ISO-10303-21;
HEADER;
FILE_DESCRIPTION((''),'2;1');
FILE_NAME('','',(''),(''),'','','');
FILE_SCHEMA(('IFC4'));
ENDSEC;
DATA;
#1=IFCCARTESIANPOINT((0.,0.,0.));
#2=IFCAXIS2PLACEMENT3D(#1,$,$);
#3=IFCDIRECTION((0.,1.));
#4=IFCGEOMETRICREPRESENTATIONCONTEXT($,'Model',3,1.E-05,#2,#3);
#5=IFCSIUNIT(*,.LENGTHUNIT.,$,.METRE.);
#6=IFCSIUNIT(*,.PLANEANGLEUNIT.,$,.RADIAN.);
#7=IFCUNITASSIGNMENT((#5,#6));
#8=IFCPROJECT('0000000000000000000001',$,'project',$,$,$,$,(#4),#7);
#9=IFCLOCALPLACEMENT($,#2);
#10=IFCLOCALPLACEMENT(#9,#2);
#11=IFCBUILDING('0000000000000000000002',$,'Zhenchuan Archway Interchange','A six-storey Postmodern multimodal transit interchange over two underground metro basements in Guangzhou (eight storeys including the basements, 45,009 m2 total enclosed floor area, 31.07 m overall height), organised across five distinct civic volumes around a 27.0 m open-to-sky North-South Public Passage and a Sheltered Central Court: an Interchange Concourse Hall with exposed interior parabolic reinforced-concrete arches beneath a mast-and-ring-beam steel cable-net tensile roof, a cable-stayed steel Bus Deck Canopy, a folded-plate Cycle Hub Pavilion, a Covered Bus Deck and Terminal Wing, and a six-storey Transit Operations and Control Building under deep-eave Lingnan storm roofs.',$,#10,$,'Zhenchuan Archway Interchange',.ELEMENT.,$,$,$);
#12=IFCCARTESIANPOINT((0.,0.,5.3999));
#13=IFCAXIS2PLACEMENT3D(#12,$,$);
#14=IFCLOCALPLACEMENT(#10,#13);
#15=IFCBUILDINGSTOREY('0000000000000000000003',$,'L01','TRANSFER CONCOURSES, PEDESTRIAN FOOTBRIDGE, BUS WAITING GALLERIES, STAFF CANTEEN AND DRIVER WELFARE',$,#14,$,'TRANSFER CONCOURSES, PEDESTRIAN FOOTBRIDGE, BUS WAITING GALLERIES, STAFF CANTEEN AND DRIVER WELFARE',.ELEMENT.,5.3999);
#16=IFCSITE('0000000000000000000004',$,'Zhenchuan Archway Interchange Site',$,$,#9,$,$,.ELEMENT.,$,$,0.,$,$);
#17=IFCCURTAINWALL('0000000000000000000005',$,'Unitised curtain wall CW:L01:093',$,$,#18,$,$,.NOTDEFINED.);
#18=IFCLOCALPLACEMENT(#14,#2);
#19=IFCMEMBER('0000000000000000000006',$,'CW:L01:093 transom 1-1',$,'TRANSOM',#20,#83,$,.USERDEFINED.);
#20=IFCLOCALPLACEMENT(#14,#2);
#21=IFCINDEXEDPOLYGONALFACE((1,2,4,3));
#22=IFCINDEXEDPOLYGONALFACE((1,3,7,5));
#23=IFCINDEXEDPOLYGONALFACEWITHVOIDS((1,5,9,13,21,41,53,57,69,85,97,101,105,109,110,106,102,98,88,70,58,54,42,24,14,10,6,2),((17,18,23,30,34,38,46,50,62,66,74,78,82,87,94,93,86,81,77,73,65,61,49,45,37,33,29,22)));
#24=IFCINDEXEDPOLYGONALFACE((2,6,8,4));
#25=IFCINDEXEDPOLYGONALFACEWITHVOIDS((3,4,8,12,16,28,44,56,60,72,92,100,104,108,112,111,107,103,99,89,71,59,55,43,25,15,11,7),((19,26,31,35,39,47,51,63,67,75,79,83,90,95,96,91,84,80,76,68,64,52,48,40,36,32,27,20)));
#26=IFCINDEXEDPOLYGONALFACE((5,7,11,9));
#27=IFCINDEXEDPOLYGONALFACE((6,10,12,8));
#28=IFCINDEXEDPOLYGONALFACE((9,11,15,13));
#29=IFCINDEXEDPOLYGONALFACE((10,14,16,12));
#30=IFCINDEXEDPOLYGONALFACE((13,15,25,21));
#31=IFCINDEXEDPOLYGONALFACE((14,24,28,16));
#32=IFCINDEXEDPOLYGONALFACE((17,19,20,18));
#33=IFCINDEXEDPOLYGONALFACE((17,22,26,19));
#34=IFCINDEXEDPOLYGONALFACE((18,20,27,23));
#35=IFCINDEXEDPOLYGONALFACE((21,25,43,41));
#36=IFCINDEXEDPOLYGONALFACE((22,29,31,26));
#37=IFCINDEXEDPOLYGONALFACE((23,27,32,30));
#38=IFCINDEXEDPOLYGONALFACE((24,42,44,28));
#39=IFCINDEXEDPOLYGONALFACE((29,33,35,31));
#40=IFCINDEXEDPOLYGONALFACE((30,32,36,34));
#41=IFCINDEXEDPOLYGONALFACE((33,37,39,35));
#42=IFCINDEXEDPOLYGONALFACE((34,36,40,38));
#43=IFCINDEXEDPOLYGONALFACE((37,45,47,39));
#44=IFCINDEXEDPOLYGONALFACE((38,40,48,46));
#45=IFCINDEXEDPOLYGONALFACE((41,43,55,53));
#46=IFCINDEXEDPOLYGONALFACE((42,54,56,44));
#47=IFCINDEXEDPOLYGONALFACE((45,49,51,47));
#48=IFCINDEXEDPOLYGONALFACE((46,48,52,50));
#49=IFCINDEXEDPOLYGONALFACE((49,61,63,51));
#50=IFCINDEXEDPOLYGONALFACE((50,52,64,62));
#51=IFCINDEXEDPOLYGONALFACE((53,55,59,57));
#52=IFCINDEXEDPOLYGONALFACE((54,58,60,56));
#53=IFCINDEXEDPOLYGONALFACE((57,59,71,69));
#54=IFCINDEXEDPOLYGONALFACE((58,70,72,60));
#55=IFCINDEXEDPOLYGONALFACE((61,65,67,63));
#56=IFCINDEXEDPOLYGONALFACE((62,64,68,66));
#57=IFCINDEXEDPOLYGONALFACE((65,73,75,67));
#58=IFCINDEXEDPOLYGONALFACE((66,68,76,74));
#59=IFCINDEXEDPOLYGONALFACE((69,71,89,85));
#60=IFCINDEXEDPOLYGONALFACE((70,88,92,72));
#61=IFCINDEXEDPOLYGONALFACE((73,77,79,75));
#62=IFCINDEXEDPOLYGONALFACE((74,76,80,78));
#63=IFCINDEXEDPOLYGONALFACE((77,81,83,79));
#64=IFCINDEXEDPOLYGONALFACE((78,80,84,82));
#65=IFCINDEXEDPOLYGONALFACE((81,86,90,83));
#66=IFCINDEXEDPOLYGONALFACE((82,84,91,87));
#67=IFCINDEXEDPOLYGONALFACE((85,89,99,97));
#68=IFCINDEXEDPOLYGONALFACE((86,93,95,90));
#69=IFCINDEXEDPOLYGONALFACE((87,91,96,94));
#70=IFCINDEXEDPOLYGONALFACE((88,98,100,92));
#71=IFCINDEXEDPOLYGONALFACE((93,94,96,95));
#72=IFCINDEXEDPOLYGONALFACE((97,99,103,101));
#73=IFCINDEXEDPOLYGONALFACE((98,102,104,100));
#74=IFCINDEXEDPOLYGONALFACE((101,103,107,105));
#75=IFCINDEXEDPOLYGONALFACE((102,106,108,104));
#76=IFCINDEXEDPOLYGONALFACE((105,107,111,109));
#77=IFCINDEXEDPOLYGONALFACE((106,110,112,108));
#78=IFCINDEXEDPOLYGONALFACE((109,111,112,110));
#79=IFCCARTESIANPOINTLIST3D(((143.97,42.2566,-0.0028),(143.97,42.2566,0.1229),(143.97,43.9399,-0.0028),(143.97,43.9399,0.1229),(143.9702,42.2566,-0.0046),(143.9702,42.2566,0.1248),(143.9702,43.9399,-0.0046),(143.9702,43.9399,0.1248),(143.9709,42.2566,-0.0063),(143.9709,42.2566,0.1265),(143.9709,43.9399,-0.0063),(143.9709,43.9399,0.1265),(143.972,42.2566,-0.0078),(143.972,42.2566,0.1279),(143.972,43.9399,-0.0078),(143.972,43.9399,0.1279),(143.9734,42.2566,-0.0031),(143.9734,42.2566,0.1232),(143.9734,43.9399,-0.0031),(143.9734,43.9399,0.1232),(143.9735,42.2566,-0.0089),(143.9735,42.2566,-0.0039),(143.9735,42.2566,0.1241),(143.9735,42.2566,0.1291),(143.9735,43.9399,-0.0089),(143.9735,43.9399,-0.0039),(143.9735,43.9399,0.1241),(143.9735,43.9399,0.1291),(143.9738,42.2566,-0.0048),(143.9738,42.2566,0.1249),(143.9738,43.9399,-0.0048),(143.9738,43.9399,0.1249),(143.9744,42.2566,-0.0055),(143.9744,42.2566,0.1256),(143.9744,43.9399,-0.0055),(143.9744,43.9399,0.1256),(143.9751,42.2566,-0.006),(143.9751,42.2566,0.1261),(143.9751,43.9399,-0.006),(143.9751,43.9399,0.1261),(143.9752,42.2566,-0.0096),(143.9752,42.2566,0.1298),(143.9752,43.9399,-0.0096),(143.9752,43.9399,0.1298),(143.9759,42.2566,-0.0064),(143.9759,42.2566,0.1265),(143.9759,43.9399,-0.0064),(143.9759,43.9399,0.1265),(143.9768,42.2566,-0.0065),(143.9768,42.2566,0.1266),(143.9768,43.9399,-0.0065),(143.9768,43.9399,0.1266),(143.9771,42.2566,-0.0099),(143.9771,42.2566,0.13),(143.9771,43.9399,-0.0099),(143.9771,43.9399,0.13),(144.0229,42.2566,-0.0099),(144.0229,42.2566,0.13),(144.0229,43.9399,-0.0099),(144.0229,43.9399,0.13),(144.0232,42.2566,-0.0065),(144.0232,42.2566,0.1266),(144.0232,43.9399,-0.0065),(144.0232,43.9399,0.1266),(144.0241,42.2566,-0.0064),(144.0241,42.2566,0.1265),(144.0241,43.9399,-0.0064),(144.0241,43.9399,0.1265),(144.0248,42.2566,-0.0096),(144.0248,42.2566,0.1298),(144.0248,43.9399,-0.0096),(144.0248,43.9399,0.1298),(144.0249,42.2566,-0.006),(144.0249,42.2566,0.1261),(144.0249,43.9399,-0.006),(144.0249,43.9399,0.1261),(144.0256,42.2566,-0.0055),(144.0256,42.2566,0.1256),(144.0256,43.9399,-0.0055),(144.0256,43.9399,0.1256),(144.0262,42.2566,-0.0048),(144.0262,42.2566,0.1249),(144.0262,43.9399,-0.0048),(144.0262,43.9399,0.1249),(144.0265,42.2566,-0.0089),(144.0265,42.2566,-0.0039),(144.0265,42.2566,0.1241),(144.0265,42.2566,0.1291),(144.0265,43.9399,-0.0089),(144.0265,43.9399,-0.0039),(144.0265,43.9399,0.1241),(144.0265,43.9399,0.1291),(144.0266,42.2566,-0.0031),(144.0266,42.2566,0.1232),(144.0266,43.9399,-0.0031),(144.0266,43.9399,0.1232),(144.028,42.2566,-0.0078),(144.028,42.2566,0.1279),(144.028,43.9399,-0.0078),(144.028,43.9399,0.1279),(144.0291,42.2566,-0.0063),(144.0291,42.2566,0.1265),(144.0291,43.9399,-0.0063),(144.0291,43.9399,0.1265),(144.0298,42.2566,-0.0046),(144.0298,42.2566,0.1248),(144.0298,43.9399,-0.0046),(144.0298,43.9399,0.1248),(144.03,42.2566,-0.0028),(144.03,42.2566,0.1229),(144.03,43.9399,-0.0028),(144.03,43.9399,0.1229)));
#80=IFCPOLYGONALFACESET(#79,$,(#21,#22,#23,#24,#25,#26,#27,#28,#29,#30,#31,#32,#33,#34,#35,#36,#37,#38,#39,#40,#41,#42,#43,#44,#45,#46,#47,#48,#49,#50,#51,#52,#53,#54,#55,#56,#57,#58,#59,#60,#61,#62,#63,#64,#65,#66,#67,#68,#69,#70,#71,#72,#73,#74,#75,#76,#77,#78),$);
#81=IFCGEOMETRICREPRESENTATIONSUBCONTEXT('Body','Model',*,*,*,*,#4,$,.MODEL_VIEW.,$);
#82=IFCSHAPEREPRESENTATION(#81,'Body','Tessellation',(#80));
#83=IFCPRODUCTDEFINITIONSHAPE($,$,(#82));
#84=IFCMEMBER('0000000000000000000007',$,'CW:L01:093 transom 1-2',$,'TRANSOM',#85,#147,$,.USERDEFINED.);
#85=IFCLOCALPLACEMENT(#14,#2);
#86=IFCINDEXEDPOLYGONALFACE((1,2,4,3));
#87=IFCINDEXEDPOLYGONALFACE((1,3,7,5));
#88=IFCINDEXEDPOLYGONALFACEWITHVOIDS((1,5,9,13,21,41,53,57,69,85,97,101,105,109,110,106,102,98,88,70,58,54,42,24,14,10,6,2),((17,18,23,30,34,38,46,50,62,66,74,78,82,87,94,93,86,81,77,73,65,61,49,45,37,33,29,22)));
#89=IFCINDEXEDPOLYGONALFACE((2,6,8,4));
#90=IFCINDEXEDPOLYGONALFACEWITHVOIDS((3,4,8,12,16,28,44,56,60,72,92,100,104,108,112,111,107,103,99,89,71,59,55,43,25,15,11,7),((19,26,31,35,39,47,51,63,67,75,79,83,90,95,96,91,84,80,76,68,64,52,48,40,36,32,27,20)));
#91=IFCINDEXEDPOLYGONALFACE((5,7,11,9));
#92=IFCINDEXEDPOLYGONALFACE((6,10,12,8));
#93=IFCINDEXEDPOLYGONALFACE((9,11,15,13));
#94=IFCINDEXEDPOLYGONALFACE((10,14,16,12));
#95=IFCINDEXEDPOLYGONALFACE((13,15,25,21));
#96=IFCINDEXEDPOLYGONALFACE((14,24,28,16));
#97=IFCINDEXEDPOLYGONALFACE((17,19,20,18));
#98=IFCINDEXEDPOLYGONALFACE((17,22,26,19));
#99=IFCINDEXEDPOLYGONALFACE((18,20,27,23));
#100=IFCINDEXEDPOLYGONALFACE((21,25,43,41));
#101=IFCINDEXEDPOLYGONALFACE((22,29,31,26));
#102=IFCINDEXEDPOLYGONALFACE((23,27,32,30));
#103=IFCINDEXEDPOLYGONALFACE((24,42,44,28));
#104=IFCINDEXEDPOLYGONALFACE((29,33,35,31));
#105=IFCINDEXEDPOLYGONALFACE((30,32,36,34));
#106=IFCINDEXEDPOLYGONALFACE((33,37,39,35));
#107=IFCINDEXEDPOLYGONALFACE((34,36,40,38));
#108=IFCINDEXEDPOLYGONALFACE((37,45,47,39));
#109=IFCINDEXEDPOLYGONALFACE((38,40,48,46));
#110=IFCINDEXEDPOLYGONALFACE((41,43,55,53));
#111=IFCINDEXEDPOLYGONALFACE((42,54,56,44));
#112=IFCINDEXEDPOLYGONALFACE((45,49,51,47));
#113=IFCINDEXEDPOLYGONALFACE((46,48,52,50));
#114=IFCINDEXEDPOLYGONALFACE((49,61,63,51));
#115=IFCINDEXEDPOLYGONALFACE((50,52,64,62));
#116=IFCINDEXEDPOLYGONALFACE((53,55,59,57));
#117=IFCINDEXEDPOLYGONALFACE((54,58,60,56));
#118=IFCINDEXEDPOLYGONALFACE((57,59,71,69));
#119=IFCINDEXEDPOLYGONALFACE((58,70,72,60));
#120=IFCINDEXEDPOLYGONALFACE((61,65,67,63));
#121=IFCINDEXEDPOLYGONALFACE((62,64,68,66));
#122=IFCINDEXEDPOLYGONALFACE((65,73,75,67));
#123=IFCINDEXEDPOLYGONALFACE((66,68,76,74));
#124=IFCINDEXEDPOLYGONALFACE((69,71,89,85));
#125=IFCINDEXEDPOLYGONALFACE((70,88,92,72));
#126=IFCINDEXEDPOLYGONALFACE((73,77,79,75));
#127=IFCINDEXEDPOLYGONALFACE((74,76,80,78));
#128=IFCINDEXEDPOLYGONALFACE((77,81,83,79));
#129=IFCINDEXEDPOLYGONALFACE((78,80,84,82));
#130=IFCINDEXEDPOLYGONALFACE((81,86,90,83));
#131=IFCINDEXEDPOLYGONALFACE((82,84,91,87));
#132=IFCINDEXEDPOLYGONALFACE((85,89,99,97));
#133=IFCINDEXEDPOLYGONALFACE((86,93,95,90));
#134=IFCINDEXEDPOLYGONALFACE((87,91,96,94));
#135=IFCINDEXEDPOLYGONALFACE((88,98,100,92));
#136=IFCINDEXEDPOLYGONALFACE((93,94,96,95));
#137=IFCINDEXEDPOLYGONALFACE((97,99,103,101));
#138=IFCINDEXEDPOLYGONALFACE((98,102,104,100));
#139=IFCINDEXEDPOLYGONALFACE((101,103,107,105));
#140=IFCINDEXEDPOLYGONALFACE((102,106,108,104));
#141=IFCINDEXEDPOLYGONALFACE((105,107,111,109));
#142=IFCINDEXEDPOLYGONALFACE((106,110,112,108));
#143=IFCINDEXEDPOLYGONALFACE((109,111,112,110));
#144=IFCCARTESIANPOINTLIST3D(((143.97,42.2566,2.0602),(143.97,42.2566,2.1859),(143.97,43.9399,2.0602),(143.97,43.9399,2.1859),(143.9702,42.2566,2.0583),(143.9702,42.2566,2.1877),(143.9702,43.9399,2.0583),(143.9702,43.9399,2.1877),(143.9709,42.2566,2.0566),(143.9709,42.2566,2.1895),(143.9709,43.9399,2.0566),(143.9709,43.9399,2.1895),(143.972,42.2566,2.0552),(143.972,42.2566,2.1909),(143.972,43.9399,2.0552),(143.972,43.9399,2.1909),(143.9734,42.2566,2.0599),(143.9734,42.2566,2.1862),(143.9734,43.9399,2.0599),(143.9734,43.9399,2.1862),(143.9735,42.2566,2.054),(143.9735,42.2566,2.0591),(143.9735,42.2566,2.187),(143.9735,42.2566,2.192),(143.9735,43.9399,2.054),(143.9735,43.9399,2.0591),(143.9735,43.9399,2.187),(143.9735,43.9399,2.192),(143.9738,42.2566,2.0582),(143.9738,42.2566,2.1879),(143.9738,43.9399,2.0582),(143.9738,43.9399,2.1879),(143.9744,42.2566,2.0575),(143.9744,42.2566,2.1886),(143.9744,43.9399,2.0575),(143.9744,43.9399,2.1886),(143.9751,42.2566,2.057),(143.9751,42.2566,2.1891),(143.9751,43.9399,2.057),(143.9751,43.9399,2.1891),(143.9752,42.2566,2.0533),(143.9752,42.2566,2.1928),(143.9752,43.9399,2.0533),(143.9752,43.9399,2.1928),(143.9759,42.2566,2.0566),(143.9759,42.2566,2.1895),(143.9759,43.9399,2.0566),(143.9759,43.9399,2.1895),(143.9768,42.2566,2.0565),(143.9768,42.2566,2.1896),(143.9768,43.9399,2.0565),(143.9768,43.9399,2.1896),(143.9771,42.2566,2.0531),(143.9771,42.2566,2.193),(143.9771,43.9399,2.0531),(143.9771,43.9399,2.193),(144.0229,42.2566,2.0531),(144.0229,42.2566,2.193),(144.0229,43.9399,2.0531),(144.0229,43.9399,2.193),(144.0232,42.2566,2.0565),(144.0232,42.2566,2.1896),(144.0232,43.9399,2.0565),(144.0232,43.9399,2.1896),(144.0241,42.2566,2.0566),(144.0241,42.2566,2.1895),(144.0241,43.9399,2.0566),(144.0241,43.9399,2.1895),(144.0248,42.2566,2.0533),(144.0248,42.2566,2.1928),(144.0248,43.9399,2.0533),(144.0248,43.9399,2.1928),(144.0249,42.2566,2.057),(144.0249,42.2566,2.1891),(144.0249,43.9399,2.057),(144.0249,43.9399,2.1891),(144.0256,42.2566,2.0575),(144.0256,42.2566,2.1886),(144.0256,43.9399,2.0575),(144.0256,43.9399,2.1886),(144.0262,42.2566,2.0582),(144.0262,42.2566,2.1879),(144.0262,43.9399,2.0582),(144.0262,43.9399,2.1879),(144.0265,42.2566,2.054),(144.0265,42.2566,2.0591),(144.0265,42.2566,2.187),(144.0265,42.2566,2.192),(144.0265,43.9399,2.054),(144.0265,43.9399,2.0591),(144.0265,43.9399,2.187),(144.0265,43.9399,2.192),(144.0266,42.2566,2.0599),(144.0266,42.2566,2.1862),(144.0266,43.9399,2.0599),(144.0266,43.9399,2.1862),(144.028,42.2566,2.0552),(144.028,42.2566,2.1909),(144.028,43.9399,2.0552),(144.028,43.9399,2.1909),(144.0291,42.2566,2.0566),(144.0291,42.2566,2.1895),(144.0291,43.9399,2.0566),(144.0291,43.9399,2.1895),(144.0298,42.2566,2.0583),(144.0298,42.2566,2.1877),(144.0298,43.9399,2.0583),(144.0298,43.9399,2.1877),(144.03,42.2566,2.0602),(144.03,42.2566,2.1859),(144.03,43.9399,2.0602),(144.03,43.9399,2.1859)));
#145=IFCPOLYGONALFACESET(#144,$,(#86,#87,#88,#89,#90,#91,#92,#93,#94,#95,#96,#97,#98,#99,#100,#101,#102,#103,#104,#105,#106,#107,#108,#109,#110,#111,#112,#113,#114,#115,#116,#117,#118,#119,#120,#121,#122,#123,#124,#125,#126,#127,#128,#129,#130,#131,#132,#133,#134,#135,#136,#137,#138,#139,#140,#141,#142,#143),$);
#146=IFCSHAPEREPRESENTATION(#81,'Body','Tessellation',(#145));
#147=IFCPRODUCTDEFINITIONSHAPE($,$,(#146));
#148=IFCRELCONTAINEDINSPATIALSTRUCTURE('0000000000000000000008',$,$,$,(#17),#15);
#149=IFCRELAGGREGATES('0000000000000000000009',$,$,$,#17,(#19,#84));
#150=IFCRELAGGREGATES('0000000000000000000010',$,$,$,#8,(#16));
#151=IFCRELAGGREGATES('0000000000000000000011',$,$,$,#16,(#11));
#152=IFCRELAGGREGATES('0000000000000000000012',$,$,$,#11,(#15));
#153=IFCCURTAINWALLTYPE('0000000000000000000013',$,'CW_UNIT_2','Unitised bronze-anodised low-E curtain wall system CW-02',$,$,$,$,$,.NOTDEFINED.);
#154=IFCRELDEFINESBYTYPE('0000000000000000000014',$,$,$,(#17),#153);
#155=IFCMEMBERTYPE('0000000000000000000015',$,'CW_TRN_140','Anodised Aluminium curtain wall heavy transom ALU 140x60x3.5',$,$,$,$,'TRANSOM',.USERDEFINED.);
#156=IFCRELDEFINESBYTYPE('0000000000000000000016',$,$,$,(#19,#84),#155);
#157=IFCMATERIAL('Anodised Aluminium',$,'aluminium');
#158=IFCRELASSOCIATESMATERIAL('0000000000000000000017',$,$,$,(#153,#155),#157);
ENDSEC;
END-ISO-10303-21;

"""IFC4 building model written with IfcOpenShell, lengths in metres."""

from ifc_helpers import new_model, si_unit, direction, frame, origin, origin_2d, place, context, subcontext, project, spatial, hollow_rectangle, extrude, material, material_profile, profile_set, type_object, element, aggregate, save


model = new_model("IFC4")

# Units and contexts
model_context = context("Model", 3, precision=1e-05, world=origin(), true_north=direction((0.0, 1.0)))
body_context = subcontext(model_context, "Body", "Model", "MODEL_VIEW")
ifc_project = project(units=[si_unit("LENGTHUNIT", "METRE"), si_unit("PLANEANGLEUNIT", "RADIAN")], contexts=[model_context])

# Site, building, storey
site_placement = place(None, origin())
site = spatial("IfcSite", under=ifc_project, at=site_placement, Name="Zhenchuan Archway Interchange Site", CompositionType="ELEMENT", RefElevation=0.0)
building_placement = place(site_placement, origin())
building = spatial("IfcBuilding", under=site, at=building_placement, Name="Zhenchuan Archway Interchange", Description="A six-storey Postmodern multimodal transit interchange over two underground metro basements in Guangzhou (eight storeys including the basements, 45,009 m2 total enclosed floor area, 31.07 m overall height), organised across five distinct civic volumes around a 27.0 m open-to-sky North-South Public Passage and a Sheltered Central Court: an Interchange Concourse Hall with exposed interior parabolic reinforced-concrete arches beneath a mast-and-ring-beam steel cable-net tensile roof, a cable-stayed steel Bus Deck Canopy, a folded-plate Cycle Hub Pavilion, a Covered Bus Deck and Terminal Wing, and a six-storey Transit Operations and Control Building under deep-eave Lingnan storm roofs.", LongName="Zhenchuan Archway Interchange", CompositionType="ELEMENT")
storey_placement = place(building_placement, frame((0.0, 0.0, 5.3999)))
storey = spatial("IfcBuildingStorey", under=building, at=storey_placement, Name="L01", Description="TRANSFER CONCOURSES, PEDESTRIAN FOOTBRIDGE, BUS WAITING GALLERIES, STAFF CANTEEN AND DRIVER WELFARE", LongName="TRANSFER CONCOURSES, PEDESTRIAN FOOTBRIDGE, BUS WAITING GALLERIES, STAFF CANTEEN AND DRIVER WELFARE", CompositionType="ELEMENT", Elevation=5.3999)

# Curtain wall, members
ifc_material_1 = material(Name="Anodised Aluminium", Category="aluminium")
curtain_wall_type = type_object("IfcCurtainWallType", Name="CW_UNIT_2", Description="Unitised bronze-anodised low-E curtain wall system CW-02", PredefinedType="NOTDEFINED", material=ifc_material_1)
curtain_wall_placement = place(storey_placement, origin())
curtain_wall = element("IfcCurtainWall", 1, at=curtain_wall_placement, inside=storey, type_object=curtain_wall_type, Name="Unitised curtain wall CW:L01:093", PredefinedType="NOTDEFINED")
ifc_material_profile_1 = material_profile(ifc_material_1, hollow_rectangle(XDim=0.0601, YDim=0.1399, WallThickness=0.0034, InnerFilletRadius=0.0034, OuterFilletRadius=0.0071, at=origin_2d()), Name="ALU 140x60x3.5")
ifc_profile_set_1 = profile_set([ifc_material_profile_1], Name="Anodised Aluminium")
member_type_1 = type_object("IfcMemberType", Name="CW_TRN_140", Description="Anodised Aluminium curtain wall heavy transom ALU 140x60x3.5", ElementType="TRANSOM", PredefinedType="USERDEFINED", material=ifc_profile_set_1)
member_1_placement = place(storey_placement, frame((144.0, 42.2566, 0.0601), z_axis=(0.0, 1.0, 0.0), x_axis=(-1.0, 0.0, 0.0)))
member_1 = element("IfcMember", 2, at=member_1_placement, type_object=member_type_1, Name="CW:L01:093 transom 1-1", ObjectType="TRANSOM", PredefinedType="USERDEFINED", context=body_context, shape_type="SweptSolid", body=[
    extrude(hollow_rectangle(XDim=0.0601, YDim=0.1399, WallThickness=0.0034, InnerFilletRadius=0.0034, OuterFilletRadius=0.0071, at=origin_2d()), origin(), (0.0, 0.0, 1.0), 1.6833),
])
member_2_placement = place(storey_placement, frame((144.0, 42.2566, 2.123), z_axis=(0.0, 1.0, 0.0), x_axis=(-1.0, 0.0, 0.0)))
member_2 = element("IfcMember", 3, at=member_2_placement, type_object=member_type_1, Name="CW:L01:093 transom 1-2", ObjectType="TRANSOM", PredefinedType="USERDEFINED", context=body_context, shape_type="SweptSolid", body=[
    extrude(hollow_rectangle(XDim=0.0601, YDim=0.1399, WallThickness=0.0034, InnerFilletRadius=0.0034, OuterFilletRadius=0.0071, at=origin_2d()), origin(), (0.0, 0.0, 1.0), 1.6833),
])

aggregate(curtain_wall, [member_1, member_2])

save(model, "model.ifc")
